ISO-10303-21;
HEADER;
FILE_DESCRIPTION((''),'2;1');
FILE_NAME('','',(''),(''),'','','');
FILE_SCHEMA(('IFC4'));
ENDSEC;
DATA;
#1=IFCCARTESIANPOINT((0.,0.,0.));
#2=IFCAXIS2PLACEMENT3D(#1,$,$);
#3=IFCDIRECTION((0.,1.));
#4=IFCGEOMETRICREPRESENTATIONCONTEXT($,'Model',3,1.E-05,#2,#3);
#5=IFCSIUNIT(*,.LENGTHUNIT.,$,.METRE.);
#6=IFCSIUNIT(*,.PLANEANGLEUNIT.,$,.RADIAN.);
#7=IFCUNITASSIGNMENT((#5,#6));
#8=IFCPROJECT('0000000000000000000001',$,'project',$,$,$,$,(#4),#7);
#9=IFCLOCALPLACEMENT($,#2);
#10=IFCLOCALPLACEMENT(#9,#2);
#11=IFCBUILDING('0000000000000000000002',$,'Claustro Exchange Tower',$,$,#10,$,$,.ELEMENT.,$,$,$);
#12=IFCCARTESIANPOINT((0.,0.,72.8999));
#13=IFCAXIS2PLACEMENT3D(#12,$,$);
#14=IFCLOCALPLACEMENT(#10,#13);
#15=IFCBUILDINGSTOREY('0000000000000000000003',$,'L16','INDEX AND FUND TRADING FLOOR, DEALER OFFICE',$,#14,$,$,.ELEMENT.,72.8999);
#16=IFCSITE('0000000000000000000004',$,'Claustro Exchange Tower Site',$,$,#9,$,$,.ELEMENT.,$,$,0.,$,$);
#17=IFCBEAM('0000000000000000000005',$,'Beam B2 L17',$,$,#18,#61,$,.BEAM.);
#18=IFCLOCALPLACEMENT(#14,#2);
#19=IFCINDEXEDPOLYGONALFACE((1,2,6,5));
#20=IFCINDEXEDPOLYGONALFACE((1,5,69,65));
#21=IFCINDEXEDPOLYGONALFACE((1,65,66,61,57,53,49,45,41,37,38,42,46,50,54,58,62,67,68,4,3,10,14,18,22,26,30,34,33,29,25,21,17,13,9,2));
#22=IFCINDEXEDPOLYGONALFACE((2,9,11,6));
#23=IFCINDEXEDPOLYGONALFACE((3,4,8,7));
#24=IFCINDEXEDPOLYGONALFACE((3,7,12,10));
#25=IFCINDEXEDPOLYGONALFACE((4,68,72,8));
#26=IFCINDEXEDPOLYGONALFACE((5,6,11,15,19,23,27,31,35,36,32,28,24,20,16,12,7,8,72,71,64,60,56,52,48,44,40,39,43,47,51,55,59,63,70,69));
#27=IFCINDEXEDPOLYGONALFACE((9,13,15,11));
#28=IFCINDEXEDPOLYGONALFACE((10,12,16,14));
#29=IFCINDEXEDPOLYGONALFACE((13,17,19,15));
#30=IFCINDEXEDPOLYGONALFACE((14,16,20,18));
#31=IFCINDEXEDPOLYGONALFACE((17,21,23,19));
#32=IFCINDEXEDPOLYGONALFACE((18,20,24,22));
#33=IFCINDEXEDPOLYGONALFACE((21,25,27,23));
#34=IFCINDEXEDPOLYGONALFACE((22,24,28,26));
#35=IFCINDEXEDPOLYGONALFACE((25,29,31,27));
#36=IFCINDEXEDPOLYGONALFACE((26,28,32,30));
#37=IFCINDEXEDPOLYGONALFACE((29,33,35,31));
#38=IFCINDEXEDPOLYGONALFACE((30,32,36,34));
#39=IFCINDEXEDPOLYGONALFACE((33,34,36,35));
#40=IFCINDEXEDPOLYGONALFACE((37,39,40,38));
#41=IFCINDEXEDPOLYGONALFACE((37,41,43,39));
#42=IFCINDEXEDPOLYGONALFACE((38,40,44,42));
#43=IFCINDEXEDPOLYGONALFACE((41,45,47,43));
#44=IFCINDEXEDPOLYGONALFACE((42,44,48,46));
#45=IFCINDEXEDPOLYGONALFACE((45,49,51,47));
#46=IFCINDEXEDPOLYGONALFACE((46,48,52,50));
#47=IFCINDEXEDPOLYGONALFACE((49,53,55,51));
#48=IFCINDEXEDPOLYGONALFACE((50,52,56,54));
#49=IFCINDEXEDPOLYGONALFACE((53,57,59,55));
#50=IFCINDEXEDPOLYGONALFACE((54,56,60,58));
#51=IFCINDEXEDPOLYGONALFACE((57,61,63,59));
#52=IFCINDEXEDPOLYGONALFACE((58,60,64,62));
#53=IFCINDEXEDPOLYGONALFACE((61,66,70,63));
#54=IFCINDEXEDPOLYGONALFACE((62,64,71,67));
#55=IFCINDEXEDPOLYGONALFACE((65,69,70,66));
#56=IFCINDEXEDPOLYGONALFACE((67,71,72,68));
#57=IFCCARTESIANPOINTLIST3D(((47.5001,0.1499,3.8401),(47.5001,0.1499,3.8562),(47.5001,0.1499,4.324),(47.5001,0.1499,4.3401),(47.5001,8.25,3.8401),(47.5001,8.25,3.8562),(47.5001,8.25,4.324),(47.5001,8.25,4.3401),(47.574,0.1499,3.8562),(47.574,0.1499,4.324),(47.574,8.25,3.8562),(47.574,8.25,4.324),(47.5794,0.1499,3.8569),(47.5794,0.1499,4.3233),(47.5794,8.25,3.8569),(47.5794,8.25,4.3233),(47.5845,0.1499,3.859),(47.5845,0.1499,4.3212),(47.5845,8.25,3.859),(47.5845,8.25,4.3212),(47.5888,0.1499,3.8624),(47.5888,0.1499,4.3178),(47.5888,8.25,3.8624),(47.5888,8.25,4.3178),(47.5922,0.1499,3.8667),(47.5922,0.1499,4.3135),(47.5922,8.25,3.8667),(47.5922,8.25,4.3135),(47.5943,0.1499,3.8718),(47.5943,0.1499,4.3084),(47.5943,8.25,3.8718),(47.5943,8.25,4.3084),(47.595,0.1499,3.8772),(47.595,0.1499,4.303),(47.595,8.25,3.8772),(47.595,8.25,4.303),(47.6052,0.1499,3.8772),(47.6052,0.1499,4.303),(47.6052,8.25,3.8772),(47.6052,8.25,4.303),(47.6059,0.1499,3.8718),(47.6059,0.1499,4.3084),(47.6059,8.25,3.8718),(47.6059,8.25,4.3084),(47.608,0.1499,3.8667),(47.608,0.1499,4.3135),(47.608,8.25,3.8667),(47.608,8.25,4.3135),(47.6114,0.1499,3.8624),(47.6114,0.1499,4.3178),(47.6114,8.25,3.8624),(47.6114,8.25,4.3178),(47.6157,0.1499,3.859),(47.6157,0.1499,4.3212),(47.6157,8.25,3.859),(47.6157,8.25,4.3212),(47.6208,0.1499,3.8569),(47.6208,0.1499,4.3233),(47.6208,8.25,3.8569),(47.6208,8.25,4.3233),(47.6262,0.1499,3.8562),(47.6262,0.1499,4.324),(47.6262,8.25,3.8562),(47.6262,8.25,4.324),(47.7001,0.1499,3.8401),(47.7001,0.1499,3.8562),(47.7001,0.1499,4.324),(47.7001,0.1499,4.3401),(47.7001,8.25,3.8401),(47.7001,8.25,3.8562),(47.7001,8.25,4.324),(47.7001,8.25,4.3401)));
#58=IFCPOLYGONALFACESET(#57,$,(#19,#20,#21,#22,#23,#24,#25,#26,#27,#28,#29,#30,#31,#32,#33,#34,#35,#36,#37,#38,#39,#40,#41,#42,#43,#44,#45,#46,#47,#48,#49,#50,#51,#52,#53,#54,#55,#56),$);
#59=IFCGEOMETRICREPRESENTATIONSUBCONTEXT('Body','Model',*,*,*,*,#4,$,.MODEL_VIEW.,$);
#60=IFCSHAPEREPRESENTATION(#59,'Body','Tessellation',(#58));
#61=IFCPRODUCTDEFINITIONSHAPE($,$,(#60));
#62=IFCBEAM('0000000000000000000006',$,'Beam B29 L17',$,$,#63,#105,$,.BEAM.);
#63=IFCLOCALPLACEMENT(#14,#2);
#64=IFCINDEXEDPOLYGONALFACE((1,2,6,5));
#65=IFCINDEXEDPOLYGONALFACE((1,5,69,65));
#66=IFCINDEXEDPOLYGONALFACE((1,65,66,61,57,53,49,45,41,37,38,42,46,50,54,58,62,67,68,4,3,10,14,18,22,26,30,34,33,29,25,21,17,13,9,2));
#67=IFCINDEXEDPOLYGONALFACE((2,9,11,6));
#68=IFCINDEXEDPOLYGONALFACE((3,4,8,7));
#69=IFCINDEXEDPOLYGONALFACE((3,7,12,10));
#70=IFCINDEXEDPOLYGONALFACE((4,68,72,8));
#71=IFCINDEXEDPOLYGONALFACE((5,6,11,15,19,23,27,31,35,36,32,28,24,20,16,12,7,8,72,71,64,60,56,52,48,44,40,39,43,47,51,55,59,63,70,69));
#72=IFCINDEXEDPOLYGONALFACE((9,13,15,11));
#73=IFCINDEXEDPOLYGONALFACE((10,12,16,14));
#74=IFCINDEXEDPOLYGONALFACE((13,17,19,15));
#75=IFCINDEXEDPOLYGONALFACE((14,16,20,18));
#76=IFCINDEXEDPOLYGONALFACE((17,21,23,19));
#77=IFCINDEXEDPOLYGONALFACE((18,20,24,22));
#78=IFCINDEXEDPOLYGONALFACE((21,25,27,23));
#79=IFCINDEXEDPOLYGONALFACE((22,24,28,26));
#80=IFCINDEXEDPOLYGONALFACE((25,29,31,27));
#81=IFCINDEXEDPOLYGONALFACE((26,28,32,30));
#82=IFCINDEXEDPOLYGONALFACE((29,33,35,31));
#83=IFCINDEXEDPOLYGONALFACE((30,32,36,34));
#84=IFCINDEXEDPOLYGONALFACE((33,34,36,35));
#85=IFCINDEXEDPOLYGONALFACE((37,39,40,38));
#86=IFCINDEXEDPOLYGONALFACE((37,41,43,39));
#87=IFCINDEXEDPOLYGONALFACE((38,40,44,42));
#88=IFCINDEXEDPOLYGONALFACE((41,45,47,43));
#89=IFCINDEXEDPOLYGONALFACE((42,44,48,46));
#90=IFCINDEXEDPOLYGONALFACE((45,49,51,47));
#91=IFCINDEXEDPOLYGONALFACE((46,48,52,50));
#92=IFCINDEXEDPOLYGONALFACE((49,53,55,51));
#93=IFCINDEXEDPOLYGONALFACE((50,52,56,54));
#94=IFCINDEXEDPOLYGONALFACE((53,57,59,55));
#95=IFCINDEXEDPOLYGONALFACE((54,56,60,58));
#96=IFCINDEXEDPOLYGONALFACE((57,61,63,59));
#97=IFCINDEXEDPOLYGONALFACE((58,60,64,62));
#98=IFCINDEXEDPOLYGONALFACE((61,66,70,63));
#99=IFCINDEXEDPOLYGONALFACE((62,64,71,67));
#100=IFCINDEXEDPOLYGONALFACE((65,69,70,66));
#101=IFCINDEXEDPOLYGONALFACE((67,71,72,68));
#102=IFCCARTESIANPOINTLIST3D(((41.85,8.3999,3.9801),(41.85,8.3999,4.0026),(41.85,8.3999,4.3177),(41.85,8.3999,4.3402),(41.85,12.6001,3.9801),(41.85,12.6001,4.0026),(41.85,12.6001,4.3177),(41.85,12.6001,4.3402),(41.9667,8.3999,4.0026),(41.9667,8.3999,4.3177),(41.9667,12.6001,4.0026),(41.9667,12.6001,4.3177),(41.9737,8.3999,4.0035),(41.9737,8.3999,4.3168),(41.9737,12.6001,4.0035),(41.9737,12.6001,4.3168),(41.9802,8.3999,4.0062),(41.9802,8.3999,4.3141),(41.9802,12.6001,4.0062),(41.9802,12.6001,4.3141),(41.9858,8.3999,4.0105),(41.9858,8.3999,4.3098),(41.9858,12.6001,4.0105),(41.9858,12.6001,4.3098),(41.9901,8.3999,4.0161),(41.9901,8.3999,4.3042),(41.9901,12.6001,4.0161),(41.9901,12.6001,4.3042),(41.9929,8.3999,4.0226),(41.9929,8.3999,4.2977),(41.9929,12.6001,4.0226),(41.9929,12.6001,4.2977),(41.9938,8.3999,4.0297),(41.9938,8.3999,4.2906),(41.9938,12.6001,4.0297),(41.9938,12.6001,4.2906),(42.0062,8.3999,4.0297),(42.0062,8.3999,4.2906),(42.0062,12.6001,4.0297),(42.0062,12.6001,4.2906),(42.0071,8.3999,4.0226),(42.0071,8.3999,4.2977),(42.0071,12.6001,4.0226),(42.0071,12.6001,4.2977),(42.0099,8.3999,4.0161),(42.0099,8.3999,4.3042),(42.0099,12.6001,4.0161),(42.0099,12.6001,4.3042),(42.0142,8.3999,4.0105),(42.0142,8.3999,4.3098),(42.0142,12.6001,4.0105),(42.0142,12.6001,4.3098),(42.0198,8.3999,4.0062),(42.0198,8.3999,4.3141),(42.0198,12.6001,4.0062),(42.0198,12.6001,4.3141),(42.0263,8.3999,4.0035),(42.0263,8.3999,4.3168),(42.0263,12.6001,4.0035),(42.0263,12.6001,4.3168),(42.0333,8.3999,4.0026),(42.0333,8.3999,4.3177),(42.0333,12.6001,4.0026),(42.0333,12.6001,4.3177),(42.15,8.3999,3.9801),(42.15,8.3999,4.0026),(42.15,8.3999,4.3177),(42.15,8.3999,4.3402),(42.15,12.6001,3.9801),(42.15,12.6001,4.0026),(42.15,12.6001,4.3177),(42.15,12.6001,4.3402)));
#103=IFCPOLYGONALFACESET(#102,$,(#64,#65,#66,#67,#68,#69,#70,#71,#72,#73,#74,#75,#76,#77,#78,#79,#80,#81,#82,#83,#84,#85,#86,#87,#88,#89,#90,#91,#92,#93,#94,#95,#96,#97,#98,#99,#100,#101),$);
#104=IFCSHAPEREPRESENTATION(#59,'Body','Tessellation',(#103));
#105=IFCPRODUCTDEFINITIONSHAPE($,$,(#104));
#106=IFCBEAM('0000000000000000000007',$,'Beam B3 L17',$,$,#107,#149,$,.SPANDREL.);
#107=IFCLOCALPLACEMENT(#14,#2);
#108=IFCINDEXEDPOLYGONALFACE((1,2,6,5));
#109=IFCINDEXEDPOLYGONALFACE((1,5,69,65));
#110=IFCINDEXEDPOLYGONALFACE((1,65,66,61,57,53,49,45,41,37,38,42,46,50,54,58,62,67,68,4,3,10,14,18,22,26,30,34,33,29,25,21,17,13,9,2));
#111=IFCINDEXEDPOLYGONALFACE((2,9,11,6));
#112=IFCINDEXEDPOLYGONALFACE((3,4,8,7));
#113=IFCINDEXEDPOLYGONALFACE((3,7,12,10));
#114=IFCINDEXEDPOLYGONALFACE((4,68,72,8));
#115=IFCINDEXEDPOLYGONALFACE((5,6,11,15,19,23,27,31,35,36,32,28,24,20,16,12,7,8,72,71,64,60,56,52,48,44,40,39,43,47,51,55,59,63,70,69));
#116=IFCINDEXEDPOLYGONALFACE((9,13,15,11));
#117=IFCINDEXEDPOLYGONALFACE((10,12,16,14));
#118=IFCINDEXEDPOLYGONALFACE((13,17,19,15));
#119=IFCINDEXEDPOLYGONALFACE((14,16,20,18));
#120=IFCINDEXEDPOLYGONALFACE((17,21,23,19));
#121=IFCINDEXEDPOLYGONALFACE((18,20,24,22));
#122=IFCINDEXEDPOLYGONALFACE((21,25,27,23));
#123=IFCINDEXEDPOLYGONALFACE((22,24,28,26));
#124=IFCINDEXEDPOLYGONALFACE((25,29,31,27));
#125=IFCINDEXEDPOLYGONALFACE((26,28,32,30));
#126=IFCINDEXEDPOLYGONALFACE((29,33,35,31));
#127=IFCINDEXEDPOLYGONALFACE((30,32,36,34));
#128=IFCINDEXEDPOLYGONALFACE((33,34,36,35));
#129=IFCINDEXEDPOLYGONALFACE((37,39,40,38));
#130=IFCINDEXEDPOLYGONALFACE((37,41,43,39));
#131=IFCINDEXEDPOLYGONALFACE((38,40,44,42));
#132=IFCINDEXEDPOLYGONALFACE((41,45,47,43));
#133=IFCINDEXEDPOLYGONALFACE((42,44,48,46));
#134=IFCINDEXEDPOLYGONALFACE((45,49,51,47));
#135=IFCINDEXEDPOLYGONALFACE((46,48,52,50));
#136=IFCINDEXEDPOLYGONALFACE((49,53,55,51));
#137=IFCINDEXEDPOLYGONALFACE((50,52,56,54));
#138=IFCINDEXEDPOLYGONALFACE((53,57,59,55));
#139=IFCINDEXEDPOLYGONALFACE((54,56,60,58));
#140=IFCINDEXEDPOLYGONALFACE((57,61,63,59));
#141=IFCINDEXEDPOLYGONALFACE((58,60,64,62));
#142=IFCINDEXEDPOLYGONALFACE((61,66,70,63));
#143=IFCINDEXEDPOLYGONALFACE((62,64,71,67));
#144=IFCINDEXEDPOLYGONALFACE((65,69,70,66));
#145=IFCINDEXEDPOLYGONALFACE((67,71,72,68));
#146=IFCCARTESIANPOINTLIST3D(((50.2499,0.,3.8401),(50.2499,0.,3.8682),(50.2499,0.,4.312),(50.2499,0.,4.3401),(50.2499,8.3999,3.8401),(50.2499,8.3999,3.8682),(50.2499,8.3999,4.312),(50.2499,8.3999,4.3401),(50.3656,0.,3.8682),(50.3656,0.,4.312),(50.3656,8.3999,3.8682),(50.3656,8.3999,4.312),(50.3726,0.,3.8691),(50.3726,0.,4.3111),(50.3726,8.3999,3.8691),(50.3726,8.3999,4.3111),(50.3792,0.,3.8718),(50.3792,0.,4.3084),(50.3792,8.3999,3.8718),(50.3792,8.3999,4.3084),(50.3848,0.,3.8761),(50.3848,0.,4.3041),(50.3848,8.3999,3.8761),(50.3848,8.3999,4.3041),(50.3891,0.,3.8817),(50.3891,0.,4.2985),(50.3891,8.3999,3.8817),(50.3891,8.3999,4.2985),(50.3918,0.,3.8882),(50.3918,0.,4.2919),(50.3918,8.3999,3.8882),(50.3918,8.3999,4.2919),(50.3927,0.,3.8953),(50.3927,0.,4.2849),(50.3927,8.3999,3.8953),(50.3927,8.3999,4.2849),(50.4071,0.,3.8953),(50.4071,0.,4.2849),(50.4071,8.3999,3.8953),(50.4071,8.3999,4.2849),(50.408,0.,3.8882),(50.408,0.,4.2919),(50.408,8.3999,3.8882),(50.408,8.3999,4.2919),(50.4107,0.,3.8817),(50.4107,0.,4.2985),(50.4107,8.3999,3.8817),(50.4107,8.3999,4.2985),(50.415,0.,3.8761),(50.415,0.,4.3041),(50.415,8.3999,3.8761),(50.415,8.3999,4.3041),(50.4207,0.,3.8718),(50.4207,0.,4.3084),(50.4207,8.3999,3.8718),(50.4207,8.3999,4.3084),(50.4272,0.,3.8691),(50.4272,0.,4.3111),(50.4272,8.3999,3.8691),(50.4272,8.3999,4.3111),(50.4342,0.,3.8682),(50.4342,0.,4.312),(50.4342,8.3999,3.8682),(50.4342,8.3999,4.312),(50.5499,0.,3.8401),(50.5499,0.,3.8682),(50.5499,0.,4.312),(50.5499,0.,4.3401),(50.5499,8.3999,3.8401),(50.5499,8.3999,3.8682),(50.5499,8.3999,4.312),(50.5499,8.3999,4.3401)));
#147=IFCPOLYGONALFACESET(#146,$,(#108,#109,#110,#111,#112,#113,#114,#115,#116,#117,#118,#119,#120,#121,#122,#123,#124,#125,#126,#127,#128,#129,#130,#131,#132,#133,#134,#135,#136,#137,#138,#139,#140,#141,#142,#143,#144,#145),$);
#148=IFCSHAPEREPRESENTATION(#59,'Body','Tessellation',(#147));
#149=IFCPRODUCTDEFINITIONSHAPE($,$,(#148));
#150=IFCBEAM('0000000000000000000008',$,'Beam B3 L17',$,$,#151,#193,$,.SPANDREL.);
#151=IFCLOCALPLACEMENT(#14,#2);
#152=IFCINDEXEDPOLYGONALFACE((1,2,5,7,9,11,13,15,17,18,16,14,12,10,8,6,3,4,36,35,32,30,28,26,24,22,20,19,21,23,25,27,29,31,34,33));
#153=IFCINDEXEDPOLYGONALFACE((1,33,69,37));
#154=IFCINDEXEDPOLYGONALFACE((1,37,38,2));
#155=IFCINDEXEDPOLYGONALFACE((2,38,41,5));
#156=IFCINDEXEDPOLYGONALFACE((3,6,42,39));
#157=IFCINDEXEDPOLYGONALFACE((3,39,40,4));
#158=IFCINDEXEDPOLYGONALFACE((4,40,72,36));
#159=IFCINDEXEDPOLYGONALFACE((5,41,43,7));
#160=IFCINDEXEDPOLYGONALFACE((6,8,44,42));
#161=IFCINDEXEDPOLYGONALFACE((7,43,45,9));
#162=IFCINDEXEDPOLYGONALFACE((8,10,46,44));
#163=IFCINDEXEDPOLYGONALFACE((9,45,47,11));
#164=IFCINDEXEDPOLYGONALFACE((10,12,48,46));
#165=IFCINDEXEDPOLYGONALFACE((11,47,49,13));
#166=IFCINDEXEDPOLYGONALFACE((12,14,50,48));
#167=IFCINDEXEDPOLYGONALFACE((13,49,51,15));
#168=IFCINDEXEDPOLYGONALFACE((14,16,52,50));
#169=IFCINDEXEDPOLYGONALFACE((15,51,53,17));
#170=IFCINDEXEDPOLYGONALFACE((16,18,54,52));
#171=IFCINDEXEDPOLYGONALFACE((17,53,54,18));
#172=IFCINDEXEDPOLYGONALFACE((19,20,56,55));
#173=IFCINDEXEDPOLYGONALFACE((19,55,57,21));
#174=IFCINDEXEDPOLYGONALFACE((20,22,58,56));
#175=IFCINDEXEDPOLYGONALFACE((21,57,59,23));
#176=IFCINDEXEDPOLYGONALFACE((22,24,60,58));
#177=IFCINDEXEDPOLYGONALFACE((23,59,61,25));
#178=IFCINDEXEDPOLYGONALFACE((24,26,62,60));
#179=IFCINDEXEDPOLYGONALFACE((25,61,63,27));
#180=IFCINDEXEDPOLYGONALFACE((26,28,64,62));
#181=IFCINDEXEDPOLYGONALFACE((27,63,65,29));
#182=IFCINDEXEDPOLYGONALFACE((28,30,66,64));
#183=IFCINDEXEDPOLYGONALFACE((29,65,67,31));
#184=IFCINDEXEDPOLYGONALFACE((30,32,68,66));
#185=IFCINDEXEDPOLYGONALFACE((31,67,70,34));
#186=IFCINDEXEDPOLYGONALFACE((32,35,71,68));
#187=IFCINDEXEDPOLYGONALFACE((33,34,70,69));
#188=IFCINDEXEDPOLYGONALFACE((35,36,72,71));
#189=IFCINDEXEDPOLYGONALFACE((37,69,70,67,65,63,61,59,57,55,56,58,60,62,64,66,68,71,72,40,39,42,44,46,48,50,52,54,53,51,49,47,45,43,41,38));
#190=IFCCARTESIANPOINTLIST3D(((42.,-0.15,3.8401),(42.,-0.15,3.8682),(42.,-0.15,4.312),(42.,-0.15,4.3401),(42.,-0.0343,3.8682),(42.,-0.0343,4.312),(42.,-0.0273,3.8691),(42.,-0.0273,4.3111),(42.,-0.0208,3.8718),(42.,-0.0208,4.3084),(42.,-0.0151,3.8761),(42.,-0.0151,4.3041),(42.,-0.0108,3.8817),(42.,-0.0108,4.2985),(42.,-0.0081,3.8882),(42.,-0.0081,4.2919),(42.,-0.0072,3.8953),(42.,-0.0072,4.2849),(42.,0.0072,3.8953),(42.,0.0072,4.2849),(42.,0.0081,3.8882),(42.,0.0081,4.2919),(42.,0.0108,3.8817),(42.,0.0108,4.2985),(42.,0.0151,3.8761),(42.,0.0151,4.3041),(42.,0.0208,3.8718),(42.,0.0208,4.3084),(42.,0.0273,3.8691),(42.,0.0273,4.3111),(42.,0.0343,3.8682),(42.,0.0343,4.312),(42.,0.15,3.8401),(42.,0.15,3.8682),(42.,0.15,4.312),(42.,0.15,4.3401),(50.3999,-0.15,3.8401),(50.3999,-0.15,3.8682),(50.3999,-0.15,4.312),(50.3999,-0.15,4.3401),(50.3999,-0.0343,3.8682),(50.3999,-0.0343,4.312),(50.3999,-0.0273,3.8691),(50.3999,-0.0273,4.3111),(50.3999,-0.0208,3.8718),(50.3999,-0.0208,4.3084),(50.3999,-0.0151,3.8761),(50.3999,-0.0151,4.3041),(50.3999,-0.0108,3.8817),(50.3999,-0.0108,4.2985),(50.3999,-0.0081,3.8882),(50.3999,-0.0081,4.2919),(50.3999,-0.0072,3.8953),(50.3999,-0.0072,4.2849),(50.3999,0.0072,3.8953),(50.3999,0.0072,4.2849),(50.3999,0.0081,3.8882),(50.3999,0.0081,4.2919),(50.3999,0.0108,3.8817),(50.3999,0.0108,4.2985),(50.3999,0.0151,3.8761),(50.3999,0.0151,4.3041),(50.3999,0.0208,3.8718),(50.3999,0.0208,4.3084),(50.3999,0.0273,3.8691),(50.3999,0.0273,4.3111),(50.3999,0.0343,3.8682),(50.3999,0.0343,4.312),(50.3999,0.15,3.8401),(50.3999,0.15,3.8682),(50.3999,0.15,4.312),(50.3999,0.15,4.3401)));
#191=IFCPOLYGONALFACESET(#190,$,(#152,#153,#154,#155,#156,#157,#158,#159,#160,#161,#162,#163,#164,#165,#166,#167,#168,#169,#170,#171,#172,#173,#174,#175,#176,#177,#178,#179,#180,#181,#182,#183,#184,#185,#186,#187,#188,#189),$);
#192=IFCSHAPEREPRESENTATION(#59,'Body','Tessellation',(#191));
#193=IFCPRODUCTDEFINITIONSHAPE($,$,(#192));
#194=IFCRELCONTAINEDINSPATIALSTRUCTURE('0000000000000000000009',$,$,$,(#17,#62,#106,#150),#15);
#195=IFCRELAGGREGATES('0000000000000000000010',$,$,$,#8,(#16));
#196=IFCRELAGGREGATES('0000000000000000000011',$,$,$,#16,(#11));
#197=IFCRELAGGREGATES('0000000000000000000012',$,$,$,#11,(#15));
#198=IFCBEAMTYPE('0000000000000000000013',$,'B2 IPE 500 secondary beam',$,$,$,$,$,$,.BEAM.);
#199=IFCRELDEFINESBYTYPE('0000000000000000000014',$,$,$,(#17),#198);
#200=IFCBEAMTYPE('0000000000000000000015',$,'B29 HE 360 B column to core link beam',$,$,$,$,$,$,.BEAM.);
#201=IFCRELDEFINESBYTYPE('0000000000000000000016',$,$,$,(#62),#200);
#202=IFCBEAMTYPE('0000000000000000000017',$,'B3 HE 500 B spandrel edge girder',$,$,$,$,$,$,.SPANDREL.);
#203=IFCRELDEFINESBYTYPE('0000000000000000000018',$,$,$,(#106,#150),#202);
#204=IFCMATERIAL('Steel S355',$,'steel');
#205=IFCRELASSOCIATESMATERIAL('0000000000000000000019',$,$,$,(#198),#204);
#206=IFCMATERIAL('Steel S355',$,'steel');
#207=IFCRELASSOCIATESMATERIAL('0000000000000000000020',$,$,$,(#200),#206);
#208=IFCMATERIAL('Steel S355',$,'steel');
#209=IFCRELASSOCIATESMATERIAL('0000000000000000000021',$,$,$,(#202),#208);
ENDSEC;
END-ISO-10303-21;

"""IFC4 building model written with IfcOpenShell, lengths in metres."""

from ifc_helpers import new_model, si_unit, direction, frame, origin, origin_2d, place, context, subcontext, project, spatial, i_section, extrude, material, material_profile, profile_set, type_object, element, save


model = new_model("IFC4")

# Units and contexts
model_context = context("Model", 3, precision=1e-05, world=origin(), true_north=direction((0.0, 1.0)))
body_context = subcontext(model_context, "Body", "Model", "MODEL_VIEW")
ifc_project = project(units=[si_unit("LENGTHUNIT", "METRE"), si_unit("PLANEANGLEUNIT", "RADIAN")], contexts=[model_context])

# Site, building, storey
site_placement = place(None, origin())
site = spatial("IfcSite", under=ifc_project, at=site_placement, Name="Claustro Exchange Tower Site", CompositionType="ELEMENT", RefElevation=0.0)
building_placement = place(site_placement, origin())
building = spatial("IfcBuilding", under=site, at=building_placement, Name="Claustro Exchange Tower", CompositionType="ELEMENT")
storey_placement = place(building_placement, frame((0.0, 0.0, 72.8999)))
storey = spatial("IfcBuildingStorey", under=building, at=storey_placement, Name="L16", Description="INDEX AND FUND TRADING FLOOR, DEALER OFFICE", CompositionType="ELEMENT", Elevation=72.8999)

# Beams
ifc_material_1 = material(Name="Steel S355", Category="steel")
ifc_material_profile_1 = material_profile(ifc_material_1, i_section(OverallWidth=0.2, OverallDepth=0.5, WebThickness=0.0103, FlangeThickness=0.0161, FilletRadius=0.021, at=origin_2d()), Name="IPE 500")
ifc_profile_set_1 = profile_set([ifc_material_profile_1], Name="Steel S355")
beam_type_1 = type_object("IfcBeamType", Name="B2 IPE 500 secondary beam", PredefinedType="BEAM", material=ifc_profile_set_1)
for number, where, z_axis, x_axis, name in (
    (1, (47.6001, 0.1499, 4.0901), (0.0, 1.0, 0.0), (-1.0, 0.0, 0.0), "Beam B2 L17"),
):
    element("IfcBeam", number, at=place(storey_placement, frame(where, z_axis=z_axis, x_axis=x_axis)), inside=storey, type_object=beam_type_1, Name=name, PredefinedType="BEAM", context=body_context, shape_type="SweptSolid", body=[
        extrude(i_section(OverallWidth=0.2, OverallDepth=0.5, WebThickness=0.0103, FlangeThickness=0.0161, FilletRadius=0.021, at=origin_2d()), origin(), (0.0, 0.0, 1.0), 8.1001),
    ])
ifc_material_2 = material(Name="Steel S355", Category="steel")
ifc_material_profile_2 = material_profile(ifc_material_2, i_section(OverallWidth=0.3, OverallDepth=0.3601, WebThickness=0.0125, FlangeThickness=0.0225, FilletRadius=0.0271, at=origin_2d()), Name="HE 360 B")
ifc_profile_set_2 = profile_set([ifc_material_profile_2], Name="Steel S355")
beam_type_2 = type_object("IfcBeamType", Name="B29 HE 360 B column to core link beam", PredefinedType="BEAM", material=ifc_profile_set_2)
beam_placement = place(storey_placement, frame((42.0, 8.3999, 4.1602), z_axis=(0.0, 1.0, 0.0), x_axis=(-1.0, 0.0, 0.0)))
element("IfcBeam", 2, at=beam_placement, inside=storey, type_object=beam_type_2, Name="Beam B29 L17", PredefinedType="BEAM", context=body_context, shape_type="SweptSolid", body=[
    extrude(i_section(OverallWidth=0.3, OverallDepth=0.3601, WebThickness=0.0125, FlangeThickness=0.0225, FilletRadius=0.0271, at=origin_2d()), origin(), (0.0, 0.0, 1.0), 4.2002),
])
ifc_material_3 = material(Name="Steel S355", Category="steel")
ifc_material_profile_3 = material_profile(ifc_material_3, i_section(OverallWidth=0.3, OverallDepth=0.5, WebThickness=0.0144, FlangeThickness=0.0281, FilletRadius=0.0271, at=origin_2d()), Name="HE 500 B")
ifc_profile_set_3 = profile_set([ifc_material_profile_3], Name="Steel S355")
beam_type_3 = type_object("IfcBeamType", Name="B3 HE 500 B spandrel edge girder", PredefinedType="SPANDREL", material=ifc_profile_set_3)
for number, where, z_axis, x_axis, name in (
    (3, (50.3999, 0.0, 4.0901), (0.0, 1.0, 0.0), (-1.0, 0.0, 0.0), "Beam B3 L17"),
    (4, (42.0, 0.0, 4.0901), (1.0, 0.0, 0.0), (0.0, 1.0, 0.0), "Beam B3 L17"),
):
    element("IfcBeam", number, at=place(storey_placement, frame(where, z_axis=z_axis, x_axis=x_axis)), inside=storey, type_object=beam_type_3, Name=name, PredefinedType="SPANDREL", context=body_context, shape_type="SweptSolid", body=[
        extrude(i_section(OverallWidth=0.3, OverallDepth=0.5, WebThickness=0.0144, FlangeThickness=0.0281, FilletRadius=0.0271, at=origin_2d()), origin(), (0.0, 0.0, 1.0), 8.3999),
    ])

save(model, "model.ifc")
